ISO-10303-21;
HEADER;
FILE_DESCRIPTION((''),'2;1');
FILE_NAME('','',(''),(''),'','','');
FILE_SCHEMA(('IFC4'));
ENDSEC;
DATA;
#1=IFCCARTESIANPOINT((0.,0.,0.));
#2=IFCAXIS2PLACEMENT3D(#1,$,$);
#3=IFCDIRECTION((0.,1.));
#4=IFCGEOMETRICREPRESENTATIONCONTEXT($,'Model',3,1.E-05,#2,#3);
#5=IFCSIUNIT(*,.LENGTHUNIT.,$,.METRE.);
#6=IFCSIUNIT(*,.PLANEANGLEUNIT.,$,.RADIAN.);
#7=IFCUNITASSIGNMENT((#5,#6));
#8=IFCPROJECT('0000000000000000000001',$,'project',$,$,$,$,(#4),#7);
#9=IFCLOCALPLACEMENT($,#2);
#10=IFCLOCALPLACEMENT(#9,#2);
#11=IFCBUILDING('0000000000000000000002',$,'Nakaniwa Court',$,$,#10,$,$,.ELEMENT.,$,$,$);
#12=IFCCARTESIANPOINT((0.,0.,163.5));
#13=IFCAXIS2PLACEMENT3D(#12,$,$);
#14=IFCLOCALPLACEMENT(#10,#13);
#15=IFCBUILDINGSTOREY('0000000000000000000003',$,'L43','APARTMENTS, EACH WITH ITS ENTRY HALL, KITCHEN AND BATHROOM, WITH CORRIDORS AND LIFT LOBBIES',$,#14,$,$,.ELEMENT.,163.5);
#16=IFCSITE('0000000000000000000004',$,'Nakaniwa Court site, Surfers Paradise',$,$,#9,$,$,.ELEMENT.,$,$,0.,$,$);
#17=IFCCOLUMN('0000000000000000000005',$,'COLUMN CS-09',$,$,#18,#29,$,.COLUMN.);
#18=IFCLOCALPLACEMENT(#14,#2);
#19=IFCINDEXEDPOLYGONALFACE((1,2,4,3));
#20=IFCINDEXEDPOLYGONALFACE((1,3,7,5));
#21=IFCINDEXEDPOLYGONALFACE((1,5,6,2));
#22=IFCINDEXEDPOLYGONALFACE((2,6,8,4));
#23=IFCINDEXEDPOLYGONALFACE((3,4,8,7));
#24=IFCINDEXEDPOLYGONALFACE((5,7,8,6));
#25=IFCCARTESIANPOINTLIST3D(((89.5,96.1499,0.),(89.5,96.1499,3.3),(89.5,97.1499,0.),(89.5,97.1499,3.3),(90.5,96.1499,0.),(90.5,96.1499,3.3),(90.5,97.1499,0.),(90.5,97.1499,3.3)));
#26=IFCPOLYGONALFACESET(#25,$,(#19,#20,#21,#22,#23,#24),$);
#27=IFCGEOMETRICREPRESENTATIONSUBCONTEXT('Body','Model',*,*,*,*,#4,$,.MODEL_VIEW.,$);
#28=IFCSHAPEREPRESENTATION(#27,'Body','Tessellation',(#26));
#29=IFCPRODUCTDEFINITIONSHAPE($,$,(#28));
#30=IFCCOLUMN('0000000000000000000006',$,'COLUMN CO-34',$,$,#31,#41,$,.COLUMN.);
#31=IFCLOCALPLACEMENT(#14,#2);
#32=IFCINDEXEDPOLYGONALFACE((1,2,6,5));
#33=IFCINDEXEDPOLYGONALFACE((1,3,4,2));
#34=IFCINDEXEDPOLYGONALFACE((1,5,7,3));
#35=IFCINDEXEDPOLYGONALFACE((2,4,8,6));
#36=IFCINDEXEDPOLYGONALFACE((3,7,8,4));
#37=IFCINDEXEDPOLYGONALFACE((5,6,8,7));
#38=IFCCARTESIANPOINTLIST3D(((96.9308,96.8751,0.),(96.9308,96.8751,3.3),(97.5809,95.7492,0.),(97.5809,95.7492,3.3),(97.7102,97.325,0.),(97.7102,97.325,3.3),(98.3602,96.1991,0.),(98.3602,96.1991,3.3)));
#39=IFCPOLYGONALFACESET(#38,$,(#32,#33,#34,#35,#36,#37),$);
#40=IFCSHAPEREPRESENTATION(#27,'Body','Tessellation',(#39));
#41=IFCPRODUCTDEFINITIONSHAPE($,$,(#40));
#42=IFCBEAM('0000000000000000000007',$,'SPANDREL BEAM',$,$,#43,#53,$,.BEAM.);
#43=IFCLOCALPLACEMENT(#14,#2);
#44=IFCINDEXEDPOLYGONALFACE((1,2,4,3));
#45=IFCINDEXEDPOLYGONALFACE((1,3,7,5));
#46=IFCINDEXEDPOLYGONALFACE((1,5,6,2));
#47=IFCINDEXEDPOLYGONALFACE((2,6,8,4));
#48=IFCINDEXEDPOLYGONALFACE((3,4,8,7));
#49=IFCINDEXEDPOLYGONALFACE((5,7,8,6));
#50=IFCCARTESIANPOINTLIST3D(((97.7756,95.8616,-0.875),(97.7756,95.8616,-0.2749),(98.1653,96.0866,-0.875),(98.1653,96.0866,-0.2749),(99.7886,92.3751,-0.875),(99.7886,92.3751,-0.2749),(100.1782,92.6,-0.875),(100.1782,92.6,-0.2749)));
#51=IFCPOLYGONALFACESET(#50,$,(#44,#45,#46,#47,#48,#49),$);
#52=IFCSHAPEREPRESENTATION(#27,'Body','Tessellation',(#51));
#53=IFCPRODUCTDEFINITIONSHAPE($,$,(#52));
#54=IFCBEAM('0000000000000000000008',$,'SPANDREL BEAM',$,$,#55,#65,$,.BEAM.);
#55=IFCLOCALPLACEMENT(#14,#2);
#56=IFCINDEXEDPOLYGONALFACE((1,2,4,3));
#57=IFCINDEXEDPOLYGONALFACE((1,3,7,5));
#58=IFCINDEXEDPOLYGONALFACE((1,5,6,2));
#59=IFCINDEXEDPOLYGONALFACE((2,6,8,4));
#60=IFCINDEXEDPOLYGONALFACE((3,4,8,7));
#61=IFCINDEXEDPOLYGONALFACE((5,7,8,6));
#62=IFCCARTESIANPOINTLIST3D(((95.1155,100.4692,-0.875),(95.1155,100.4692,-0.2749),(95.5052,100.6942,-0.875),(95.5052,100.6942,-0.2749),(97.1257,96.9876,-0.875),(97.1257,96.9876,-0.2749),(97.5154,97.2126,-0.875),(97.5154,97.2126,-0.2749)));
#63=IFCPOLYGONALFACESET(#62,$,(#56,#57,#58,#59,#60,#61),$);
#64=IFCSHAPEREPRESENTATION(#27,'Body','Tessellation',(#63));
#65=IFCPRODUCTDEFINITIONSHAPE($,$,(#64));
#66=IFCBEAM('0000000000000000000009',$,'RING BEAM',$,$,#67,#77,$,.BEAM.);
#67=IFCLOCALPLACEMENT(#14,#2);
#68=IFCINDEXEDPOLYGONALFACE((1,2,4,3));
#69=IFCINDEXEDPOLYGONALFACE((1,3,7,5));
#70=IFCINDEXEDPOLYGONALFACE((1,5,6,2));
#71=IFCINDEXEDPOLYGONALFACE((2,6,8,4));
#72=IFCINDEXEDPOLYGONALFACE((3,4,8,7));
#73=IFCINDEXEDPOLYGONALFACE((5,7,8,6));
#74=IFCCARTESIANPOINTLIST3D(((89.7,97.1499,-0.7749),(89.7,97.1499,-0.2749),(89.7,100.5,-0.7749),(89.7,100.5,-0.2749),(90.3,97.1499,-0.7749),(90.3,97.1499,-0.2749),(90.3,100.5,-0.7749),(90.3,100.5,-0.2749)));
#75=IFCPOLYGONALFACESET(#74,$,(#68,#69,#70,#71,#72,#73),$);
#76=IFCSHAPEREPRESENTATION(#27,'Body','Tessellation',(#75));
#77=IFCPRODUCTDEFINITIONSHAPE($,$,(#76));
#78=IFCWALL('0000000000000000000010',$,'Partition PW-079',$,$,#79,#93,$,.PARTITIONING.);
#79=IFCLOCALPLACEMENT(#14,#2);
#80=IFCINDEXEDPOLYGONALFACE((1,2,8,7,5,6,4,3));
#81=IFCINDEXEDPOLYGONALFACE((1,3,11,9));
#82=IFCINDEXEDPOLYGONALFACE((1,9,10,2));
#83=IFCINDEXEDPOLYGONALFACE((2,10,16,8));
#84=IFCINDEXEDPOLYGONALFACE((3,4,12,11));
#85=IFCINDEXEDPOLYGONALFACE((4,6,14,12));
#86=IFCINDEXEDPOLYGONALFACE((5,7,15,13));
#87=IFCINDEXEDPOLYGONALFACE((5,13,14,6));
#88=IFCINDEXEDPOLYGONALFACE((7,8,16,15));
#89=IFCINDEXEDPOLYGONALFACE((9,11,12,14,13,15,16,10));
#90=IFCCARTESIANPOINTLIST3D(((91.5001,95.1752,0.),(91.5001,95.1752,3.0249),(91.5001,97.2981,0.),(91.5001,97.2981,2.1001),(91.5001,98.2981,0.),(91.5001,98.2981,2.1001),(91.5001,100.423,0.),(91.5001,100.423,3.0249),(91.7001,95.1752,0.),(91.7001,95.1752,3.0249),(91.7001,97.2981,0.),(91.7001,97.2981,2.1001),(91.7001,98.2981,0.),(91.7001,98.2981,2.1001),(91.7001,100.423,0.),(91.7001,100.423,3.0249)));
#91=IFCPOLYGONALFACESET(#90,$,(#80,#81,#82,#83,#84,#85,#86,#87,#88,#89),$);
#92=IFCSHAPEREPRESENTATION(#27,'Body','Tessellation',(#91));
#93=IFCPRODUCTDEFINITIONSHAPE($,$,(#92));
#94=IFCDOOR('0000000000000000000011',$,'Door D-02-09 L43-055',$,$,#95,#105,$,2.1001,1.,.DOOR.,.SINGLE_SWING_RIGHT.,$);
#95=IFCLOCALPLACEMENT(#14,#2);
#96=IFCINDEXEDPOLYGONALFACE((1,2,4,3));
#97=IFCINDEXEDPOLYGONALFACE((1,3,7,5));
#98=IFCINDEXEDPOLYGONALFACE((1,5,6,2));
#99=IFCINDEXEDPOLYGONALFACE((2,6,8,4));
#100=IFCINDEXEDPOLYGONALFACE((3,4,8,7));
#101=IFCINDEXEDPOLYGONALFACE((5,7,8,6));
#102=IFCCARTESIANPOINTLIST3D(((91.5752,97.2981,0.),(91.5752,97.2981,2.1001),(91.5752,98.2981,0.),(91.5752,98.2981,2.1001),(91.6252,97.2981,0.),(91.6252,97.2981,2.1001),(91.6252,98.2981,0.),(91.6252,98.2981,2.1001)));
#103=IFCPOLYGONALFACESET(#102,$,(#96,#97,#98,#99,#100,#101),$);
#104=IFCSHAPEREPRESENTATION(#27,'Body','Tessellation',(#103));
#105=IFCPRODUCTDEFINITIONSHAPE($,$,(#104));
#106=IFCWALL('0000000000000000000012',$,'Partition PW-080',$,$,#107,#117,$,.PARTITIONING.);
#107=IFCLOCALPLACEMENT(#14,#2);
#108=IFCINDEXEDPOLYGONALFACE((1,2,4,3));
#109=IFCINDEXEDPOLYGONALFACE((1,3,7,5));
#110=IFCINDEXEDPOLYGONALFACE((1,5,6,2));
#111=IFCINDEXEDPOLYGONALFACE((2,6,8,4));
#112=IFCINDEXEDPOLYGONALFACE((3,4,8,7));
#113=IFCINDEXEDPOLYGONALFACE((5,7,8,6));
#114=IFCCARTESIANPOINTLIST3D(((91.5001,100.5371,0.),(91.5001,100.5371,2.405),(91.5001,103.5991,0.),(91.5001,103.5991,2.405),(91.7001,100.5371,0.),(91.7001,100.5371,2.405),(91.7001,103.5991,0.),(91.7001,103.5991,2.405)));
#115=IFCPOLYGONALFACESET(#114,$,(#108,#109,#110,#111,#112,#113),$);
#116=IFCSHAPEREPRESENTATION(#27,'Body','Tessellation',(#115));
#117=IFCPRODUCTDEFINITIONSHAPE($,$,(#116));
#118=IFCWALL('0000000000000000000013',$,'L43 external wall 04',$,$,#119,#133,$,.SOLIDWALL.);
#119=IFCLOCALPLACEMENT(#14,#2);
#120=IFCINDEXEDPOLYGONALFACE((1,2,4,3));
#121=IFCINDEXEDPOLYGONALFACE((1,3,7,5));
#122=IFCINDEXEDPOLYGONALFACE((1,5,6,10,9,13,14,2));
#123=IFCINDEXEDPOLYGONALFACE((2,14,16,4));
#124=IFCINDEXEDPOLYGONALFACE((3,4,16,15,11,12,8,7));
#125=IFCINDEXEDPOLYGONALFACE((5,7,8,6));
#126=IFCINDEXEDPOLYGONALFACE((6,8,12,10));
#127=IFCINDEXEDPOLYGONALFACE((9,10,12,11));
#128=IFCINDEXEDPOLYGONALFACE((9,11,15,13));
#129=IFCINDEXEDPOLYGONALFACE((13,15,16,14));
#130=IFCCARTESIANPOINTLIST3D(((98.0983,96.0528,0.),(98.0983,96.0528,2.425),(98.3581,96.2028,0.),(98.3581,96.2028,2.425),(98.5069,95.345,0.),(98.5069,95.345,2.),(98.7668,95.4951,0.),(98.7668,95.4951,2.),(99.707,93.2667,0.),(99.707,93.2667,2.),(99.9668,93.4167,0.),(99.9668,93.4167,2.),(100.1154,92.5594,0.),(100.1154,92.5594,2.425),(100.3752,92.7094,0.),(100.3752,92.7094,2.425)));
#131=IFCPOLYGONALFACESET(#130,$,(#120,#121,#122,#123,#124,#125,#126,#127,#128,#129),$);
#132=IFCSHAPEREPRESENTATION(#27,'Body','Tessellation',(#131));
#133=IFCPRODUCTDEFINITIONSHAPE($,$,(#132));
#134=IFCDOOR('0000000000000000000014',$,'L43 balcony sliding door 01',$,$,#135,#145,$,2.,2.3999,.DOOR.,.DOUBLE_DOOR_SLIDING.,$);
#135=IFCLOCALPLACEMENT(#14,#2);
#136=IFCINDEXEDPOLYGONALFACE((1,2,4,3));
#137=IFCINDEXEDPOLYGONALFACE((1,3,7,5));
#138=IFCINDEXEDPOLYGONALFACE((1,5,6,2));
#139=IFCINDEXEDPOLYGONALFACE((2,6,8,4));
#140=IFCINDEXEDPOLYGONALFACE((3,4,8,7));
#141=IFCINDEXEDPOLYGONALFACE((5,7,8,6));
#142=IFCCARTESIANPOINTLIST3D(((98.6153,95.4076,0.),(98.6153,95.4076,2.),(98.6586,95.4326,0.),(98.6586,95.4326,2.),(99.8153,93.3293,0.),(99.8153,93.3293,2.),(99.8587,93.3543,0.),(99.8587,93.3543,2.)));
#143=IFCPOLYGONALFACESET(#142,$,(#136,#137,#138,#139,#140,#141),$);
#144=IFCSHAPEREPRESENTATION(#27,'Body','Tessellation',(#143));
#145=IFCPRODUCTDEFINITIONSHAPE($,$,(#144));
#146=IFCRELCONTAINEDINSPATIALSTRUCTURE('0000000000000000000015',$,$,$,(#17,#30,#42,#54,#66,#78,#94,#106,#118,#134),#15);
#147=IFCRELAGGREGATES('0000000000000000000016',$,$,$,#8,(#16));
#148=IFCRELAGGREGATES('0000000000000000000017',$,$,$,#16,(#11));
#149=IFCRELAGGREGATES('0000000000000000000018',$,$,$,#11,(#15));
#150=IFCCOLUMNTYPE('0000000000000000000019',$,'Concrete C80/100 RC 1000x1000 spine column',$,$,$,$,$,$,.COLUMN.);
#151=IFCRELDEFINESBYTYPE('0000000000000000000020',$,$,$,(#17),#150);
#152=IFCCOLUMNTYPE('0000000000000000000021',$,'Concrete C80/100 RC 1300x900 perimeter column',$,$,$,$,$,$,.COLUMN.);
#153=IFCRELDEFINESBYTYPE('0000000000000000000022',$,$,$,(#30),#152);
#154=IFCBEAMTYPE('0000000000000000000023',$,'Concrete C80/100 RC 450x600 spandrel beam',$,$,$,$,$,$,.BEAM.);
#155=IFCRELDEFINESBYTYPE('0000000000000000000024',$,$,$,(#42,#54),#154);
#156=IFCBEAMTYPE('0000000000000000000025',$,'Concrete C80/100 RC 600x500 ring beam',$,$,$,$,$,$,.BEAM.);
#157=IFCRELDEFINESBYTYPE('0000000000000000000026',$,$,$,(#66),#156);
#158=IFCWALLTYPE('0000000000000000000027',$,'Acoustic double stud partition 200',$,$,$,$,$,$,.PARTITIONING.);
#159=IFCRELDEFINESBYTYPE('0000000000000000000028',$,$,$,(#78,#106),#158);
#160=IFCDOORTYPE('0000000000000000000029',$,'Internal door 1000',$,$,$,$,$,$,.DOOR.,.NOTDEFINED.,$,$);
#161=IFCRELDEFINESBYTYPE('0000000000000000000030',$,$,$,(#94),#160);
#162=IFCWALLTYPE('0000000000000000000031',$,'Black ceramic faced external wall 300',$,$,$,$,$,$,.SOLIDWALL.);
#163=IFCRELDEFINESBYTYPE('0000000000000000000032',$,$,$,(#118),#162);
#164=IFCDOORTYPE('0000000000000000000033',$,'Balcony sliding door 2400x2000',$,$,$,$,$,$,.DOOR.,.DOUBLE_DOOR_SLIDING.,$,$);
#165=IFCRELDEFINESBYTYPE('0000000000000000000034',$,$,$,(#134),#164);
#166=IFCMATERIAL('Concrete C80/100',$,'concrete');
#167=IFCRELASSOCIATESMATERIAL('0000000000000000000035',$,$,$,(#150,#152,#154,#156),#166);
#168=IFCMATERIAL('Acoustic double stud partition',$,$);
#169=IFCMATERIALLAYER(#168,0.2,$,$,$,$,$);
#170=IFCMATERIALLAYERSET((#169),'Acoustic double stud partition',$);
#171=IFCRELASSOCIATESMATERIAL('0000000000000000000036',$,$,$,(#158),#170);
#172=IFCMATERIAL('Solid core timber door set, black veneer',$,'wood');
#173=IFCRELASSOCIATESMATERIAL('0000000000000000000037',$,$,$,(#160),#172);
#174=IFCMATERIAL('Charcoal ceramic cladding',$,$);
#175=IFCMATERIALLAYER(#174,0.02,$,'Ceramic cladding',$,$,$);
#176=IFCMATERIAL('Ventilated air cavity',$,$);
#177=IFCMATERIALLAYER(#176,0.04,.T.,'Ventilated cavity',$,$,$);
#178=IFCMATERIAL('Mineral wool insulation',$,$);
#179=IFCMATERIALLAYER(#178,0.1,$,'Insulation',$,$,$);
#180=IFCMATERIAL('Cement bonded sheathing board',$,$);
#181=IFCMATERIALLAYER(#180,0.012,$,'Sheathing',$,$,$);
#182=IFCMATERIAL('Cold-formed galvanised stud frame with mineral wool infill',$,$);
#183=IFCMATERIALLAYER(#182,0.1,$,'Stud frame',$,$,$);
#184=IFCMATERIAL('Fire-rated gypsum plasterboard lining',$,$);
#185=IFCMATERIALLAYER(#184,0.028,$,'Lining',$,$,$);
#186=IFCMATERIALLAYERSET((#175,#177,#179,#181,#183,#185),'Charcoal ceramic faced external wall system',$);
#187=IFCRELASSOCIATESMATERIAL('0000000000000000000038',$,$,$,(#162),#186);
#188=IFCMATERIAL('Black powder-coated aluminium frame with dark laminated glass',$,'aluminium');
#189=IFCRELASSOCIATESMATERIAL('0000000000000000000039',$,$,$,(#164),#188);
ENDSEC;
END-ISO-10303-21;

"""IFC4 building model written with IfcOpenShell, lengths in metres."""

from ifc_helpers import new_model, si_unit, direction, frame, frame_2d, origin, origin_2d, place, context, subcontext, project, spatial, rectangle, extrude, material, layer, layer_set, material_profile, profile_set, type_object, element, fill, save


model = new_model("IFC4")

# Units and contexts
model_context = context("Model", 3, precision=1e-05, world=origin(), true_north=direction((0.0, 1.0)))
body_context = subcontext(model_context, "Body", "Model", "MODEL_VIEW")
ifc_project = project(units=[si_unit("LENGTHUNIT", "METRE"), si_unit("PLANEANGLEUNIT", "RADIAN")], contexts=[model_context])

# Site, building, storey
site_placement = place(None, origin())
site = spatial("IfcSite", under=ifc_project, at=site_placement, Name="Nakaniwa Court site, Surfers Paradise", CompositionType="ELEMENT", RefElevation=0.0)
building_placement = place(site_placement, origin())
building = spatial("IfcBuilding", under=site, at=building_placement, Name="Nakaniwa Court", CompositionType="ELEMENT")
storey_placement = place(building_placement, frame((0.0, 0.0, 163.5)))
storey = spatial("IfcBuildingStorey", under=building, at=storey_placement, Name="L43", Description="APARTMENTS, EACH WITH ITS ENTRY HALL, KITCHEN AND BATHROOM, WITH CORRIDORS AND LIFT LOBBIES", CompositionType="ELEMENT", Elevation=163.5)

# Columns
ifc_material_1 = material(Name="Concrete C80/100", Category="concrete")
ifc_material_profile_1 = material_profile(ifc_material_1, rectangle(XDim=1.0, YDim=1.0, at=origin_2d()), Name="Concrete C80/100 RC 1000x1000 spine column")
ifc_profile_set_1 = profile_set([ifc_material_profile_1], Name="Concrete C80/100")
column_type_1 = type_object("IfcColumnType", Name="Concrete C80/100 RC 1000x1000 spine column", PredefinedType="COLUMN", material=ifc_profile_set_1)
column_1_placement = place(storey_placement, frame((90.0, 96.6499, 0.0), z_axis=(0.0, 0.0, 1.0), x_axis=(0.0, 1.0, 0.0)))
element("IfcColumn", 1, at=column_1_placement, inside=storey, type_object=column_type_1, Name="COLUMN CS-09", PredefinedType="COLUMN", context=body_context, shape_type="SweptSolid", body=[
    extrude(rectangle(XDim=1.0, YDim=1.0, at=origin_2d()), origin(), (0.0, 0.0, 1.0), 3.3),
])
ifc_material_profile_2 = material_profile(ifc_material_1, rectangle(XDim=1.3, YDim=0.8999, at=origin_2d()), Name="Concrete C80/100 RC 1300x900 perimeter column")
ifc_profile_set_2 = profile_set([ifc_material_profile_2], Name="Concrete C80/100")
column_type_2 = type_object("IfcColumnType", Name="Concrete C80/100 RC 1300x900 perimeter column", PredefinedType="COLUMN", material=ifc_profile_set_2)
column_2_placement = place(storey_placement, frame((97.6455, 96.5371, 0.0), z_axis=(0.0, 0.0, 1.0), x_axis=(-0.5, 0.866025, 0.0)))
element("IfcColumn", 2, at=column_2_placement, inside=storey, type_object=column_type_2, Name="COLUMN CO-34", PredefinedType="COLUMN", context=body_context, shape_type="SweptSolid", body=[
    extrude(rectangle(XDim=1.3, YDim=0.8999, at=origin_2d()), origin(), (0.0, 0.0, 1.0), 3.3),
])

# Beams
ifc_material_profile_3 = material_profile(ifc_material_1, rectangle(XDim=0.45, YDim=0.6001, at=origin_2d()), Name="Concrete C80/100 RC 450x600 spandrel beam")
ifc_profile_set_3 = profile_set([ifc_material_profile_3], Name="Concrete C80/100")
beam_type_1 = type_object("IfcBeamType", Name="Concrete C80/100 RC 450x600 spandrel beam", PredefinedType="BEAM", material=ifc_profile_set_3)
beam_1_placement = place(storey_placement, frame((99.9834, 92.4875, -0.575), z_axis=(-0.499994, 0.866029, 0.0), x_axis=(-0.866029, -0.499994, 0.0)))
element("IfcBeam", 3, at=beam_1_placement, inside=storey, type_object=beam_type_1, Name="SPANDREL BEAM", PredefinedType="BEAM", context=body_context, shape_type="SweptSolid", body=[
    extrude(rectangle(XDim=0.45, YDim=0.6001, at=origin_2d()), origin(), (0.0, 0.0, 1.0), 4.0259),
])
beam_2_placement = place(storey_placement, frame((97.3206, 97.1001, -0.575), z_axis=(-0.500019, 0.866015, 0.0), x_axis=(-0.866015, -0.500019, 0.0)))
element("IfcBeam", 4, at=beam_2_placement, inside=storey, type_object=beam_type_1, Name="SPANDREL BEAM", PredefinedType="BEAM", context=body_context, shape_type="SweptSolid", body=[
    extrude(rectangle(XDim=0.45, YDim=0.6001, at=origin_2d()), origin(), (0.0, 0.0, 1.0), 4.0203),
])
ifc_material_profile_4 = material_profile(ifc_material_1, rectangle(XDim=0.6001, YDim=0.5, at=origin_2d()), Name="Concrete C80/100 RC 600x500 ring beam")
ifc_profile_set_4 = profile_set([ifc_material_profile_4], Name="Concrete C80/100")
beam_type_2 = type_object("IfcBeamType", Name="Concrete C80/100 RC 600x500 ring beam", PredefinedType="BEAM", material=ifc_profile_set_4)
beam_3_placement = place(storey_placement, frame((90.0, 97.1499, -0.5249), z_axis=(0.0, 1.0, 0.0), x_axis=(-1.0, 0.0, 0.0)))
element("IfcBeam", 5, at=beam_3_placement, inside=storey, type_object=beam_type_2, Name="RING BEAM", PredefinedType="BEAM", context=body_context, shape_type="SweptSolid", body=[
    extrude(rectangle(XDim=0.6001, YDim=0.5, at=origin_2d()), origin(), (0.0, 0.0, 1.0), 3.3501),
])

# Wall, opening, door
ifc_material_2 = material(Name="Acoustic double stud partition")
ifc_layer_1 = layer(ifc_material_2, 0.2)
ifc_layer_set_1 = layer_set([ifc_layer_1], Name="Acoustic double stud partition")
wall_type_1 = type_object("IfcWallType", Name="Acoustic double stud partition 200", PredefinedType="PARTITIONING", material=ifc_layer_set_1)
wall_1_placement = place(storey_placement, frame((91.6001, 95.175, 0.0), z_axis=(0.0, 0.0, 1.0), x_axis=(0.0, 1.0, 0.0)))
wall_1 = element("IfcWall", 6, at=wall_1_placement, inside=storey, type_object=wall_type_1, Name="Partition PW-079", PredefinedType="PARTITIONING", context=body_context, shape_type="SweptSolid", body=[
    extrude(rectangle(XDim=5.2478, YDim=0.2, at=frame_2d((2.624, 0.0))), origin(), (0.0, 0.0, 1.0), 3.0249),
])
opening_1_placement = place(wall_1_placement, frame((2.123, 0.0, 0.0)))
opening_1 = element("IfcOpeningElement", 7, at=opening_1_placement, cuts=wall_1, PredefinedType="OPENING", context=body_context, shape_type="SweptSolid", body=[
    extrude(rectangle(XDim=1.0, YDim=2.1001, at=frame_2d((0.5, 1.05))), frame((0.0, 0.1099, 0.0), z_axis=(0.0, -1.0, 0.0), x_axis=(1.0, 0.0, 0.0)), (0.0, 0.0, 1.0), 0.22),
])
ifc_material_3 = material(Name="Solid core timber door set, black veneer", Category="wood")
door_type_1 = type_object("IfcDoorType", Name="Internal door 1000", OperationType="NOTDEFINED", PredefinedType="DOOR", material=ifc_material_3)
door_1_placement = place(opening_1_placement, origin())
door_1 = element("IfcDoor", 8, at=door_1_placement, inside=storey, type_object=door_type_1, Name="Door D-02-09 L43-055", OperationType="SINGLE_SWING_RIGHT", OverallHeight=2.1001, OverallWidth=1.0, PredefinedType="DOOR", context=body_context, shape_type="SweptSolid", body=[
    extrude(rectangle(XDim=1.0, YDim=2.1001, at=frame_2d((0.5, 1.05))), frame((0.0, 0.0249, 0.0), z_axis=(0.0, -1.0, 0.0), x_axis=(1.0, 0.0, 0.0)), (0.0, 0.0, 1.0), 0.05),
])
fill(opening_1, door_1)

# Wall
wall_2_placement = place(storey_placement, frame((91.6001, 100.5371, 0.0), z_axis=(0.0, 0.0, 1.0), x_axis=(0.0, 1.0, 0.0)))
element("IfcWall", 9, at=wall_2_placement, inside=storey, type_object=wall_type_1, Name="Partition PW-080", PredefinedType="PARTITIONING", context=body_context, shape_type="SweptSolid", body=[
    extrude(rectangle(XDim=3.062, YDim=0.2, at=frame_2d((1.531, 0.0))), origin(), (0.0, 0.0, 1.0), 2.405),
])

# Wall, opening, door
ifc_material_4 = material(Name="Charcoal ceramic cladding")
ifc_layer_2 = layer(ifc_material_4, 0.02, Name="Ceramic cladding")
ifc_material_5 = material(Name="Ventilated air cavity")
ifc_layer_3 = layer(ifc_material_5, 0.04, ventilated=True, Name="Ventilated cavity")
ifc_material_6 = material(Name="Mineral wool insulation")
ifc_layer_4 = layer(ifc_material_6, 0.1, Name="Insulation")
ifc_material_7 = material(Name="Cement bonded sheathing board")
ifc_layer_5 = layer(ifc_material_7, 0.012, Name="Sheathing")
ifc_material_8 = material(Name="Cold-formed galvanised stud frame with mineral wool infill")
ifc_layer_6 = layer(ifc_material_8, 0.1, Name="Stud frame")
ifc_material_9 = material(Name="Fire-rated gypsum plasterboard lining")
ifc_layer_7 = layer(ifc_material_9, 0.028, Name="Lining")
ifc_layer_set_2 = layer_set([ifc_layer_2, ifc_layer_3, ifc_layer_4, ifc_layer_5, ifc_layer_6, ifc_layer_7], Name="Charcoal ceramic faced external wall system")
wall_type_2 = type_object("IfcWallType", Name="Black ceramic faced external wall 300", PredefinedType="SOLIDWALL", material=ifc_layer_set_2)
wall_3_placement = place(storey_placement, frame((100.2454, 92.6343, 0.0), z_axis=(0.0, 0.0, 1.0), x_axis=(-0.500032, 0.866007, 0.0)))
wall_3 = element("IfcWall", 10, at=wall_3_placement, inside=storey, type_object=wall_type_2, Name="L43 external wall 04", PredefinedType="SOLIDWALL", context=body_context, shape_type="SweptSolid", body=[
    extrude(rectangle(XDim=4.0339, YDim=0.3, at=frame_2d((2.0171, 0.0))), origin(), (0.0, 0.0, 1.0), 2.425),
])
opening_2_placement = place(wall_3_placement, frame((0.8169, 0.0, 0.0)))
opening_2 = element("IfcOpeningElement", 11, at=opening_2_placement, cuts=wall_3, PredefinedType="OPENING", context=body_context, shape_type="SweptSolid", body=[
    extrude(rectangle(XDim=2.3999, YDim=2.0, at=frame_2d((1.2, 1.0))), frame((0.0, 0.1599, 0.0), z_axis=(0.0, -1.0, 0.0), x_axis=(1.0, 0.0, 0.0)), (0.0, 0.0, 1.0), 0.3201),
])
ifc_material_10 = material(Name="Black powder-coated aluminium frame with dark laminated glass", Category="aluminium")
door_type_2 = type_object("IfcDoorType", Name="Balcony sliding door 2400x2000", OperationType="DOUBLE_DOOR_SLIDING", PredefinedType="DOOR", material=ifc_material_10)
door_2_placement = place(opening_2_placement, origin())
door_2 = element("IfcDoor", 12, at=door_2_placement, inside=storey, type_object=door_type_2, Name="L43 balcony sliding door 01", OperationType="DOUBLE_DOOR_SLIDING", OverallHeight=2.0, OverallWidth=2.3999, PredefinedType="DOOR", context=body_context, shape_type="SweptSolid", body=[
    extrude(rectangle(XDim=2.3999, YDim=2.0, at=frame_2d((1.2, 1.0))), frame((0.0, 0.0249, 0.0), z_axis=(0.0, -1.0, 0.0), x_axis=(1.0, 0.0, 0.0)), (0.0, 0.0, 1.0), 0.05),
])
fill(opening_2, door_2)

save(model, "model.ifc")
